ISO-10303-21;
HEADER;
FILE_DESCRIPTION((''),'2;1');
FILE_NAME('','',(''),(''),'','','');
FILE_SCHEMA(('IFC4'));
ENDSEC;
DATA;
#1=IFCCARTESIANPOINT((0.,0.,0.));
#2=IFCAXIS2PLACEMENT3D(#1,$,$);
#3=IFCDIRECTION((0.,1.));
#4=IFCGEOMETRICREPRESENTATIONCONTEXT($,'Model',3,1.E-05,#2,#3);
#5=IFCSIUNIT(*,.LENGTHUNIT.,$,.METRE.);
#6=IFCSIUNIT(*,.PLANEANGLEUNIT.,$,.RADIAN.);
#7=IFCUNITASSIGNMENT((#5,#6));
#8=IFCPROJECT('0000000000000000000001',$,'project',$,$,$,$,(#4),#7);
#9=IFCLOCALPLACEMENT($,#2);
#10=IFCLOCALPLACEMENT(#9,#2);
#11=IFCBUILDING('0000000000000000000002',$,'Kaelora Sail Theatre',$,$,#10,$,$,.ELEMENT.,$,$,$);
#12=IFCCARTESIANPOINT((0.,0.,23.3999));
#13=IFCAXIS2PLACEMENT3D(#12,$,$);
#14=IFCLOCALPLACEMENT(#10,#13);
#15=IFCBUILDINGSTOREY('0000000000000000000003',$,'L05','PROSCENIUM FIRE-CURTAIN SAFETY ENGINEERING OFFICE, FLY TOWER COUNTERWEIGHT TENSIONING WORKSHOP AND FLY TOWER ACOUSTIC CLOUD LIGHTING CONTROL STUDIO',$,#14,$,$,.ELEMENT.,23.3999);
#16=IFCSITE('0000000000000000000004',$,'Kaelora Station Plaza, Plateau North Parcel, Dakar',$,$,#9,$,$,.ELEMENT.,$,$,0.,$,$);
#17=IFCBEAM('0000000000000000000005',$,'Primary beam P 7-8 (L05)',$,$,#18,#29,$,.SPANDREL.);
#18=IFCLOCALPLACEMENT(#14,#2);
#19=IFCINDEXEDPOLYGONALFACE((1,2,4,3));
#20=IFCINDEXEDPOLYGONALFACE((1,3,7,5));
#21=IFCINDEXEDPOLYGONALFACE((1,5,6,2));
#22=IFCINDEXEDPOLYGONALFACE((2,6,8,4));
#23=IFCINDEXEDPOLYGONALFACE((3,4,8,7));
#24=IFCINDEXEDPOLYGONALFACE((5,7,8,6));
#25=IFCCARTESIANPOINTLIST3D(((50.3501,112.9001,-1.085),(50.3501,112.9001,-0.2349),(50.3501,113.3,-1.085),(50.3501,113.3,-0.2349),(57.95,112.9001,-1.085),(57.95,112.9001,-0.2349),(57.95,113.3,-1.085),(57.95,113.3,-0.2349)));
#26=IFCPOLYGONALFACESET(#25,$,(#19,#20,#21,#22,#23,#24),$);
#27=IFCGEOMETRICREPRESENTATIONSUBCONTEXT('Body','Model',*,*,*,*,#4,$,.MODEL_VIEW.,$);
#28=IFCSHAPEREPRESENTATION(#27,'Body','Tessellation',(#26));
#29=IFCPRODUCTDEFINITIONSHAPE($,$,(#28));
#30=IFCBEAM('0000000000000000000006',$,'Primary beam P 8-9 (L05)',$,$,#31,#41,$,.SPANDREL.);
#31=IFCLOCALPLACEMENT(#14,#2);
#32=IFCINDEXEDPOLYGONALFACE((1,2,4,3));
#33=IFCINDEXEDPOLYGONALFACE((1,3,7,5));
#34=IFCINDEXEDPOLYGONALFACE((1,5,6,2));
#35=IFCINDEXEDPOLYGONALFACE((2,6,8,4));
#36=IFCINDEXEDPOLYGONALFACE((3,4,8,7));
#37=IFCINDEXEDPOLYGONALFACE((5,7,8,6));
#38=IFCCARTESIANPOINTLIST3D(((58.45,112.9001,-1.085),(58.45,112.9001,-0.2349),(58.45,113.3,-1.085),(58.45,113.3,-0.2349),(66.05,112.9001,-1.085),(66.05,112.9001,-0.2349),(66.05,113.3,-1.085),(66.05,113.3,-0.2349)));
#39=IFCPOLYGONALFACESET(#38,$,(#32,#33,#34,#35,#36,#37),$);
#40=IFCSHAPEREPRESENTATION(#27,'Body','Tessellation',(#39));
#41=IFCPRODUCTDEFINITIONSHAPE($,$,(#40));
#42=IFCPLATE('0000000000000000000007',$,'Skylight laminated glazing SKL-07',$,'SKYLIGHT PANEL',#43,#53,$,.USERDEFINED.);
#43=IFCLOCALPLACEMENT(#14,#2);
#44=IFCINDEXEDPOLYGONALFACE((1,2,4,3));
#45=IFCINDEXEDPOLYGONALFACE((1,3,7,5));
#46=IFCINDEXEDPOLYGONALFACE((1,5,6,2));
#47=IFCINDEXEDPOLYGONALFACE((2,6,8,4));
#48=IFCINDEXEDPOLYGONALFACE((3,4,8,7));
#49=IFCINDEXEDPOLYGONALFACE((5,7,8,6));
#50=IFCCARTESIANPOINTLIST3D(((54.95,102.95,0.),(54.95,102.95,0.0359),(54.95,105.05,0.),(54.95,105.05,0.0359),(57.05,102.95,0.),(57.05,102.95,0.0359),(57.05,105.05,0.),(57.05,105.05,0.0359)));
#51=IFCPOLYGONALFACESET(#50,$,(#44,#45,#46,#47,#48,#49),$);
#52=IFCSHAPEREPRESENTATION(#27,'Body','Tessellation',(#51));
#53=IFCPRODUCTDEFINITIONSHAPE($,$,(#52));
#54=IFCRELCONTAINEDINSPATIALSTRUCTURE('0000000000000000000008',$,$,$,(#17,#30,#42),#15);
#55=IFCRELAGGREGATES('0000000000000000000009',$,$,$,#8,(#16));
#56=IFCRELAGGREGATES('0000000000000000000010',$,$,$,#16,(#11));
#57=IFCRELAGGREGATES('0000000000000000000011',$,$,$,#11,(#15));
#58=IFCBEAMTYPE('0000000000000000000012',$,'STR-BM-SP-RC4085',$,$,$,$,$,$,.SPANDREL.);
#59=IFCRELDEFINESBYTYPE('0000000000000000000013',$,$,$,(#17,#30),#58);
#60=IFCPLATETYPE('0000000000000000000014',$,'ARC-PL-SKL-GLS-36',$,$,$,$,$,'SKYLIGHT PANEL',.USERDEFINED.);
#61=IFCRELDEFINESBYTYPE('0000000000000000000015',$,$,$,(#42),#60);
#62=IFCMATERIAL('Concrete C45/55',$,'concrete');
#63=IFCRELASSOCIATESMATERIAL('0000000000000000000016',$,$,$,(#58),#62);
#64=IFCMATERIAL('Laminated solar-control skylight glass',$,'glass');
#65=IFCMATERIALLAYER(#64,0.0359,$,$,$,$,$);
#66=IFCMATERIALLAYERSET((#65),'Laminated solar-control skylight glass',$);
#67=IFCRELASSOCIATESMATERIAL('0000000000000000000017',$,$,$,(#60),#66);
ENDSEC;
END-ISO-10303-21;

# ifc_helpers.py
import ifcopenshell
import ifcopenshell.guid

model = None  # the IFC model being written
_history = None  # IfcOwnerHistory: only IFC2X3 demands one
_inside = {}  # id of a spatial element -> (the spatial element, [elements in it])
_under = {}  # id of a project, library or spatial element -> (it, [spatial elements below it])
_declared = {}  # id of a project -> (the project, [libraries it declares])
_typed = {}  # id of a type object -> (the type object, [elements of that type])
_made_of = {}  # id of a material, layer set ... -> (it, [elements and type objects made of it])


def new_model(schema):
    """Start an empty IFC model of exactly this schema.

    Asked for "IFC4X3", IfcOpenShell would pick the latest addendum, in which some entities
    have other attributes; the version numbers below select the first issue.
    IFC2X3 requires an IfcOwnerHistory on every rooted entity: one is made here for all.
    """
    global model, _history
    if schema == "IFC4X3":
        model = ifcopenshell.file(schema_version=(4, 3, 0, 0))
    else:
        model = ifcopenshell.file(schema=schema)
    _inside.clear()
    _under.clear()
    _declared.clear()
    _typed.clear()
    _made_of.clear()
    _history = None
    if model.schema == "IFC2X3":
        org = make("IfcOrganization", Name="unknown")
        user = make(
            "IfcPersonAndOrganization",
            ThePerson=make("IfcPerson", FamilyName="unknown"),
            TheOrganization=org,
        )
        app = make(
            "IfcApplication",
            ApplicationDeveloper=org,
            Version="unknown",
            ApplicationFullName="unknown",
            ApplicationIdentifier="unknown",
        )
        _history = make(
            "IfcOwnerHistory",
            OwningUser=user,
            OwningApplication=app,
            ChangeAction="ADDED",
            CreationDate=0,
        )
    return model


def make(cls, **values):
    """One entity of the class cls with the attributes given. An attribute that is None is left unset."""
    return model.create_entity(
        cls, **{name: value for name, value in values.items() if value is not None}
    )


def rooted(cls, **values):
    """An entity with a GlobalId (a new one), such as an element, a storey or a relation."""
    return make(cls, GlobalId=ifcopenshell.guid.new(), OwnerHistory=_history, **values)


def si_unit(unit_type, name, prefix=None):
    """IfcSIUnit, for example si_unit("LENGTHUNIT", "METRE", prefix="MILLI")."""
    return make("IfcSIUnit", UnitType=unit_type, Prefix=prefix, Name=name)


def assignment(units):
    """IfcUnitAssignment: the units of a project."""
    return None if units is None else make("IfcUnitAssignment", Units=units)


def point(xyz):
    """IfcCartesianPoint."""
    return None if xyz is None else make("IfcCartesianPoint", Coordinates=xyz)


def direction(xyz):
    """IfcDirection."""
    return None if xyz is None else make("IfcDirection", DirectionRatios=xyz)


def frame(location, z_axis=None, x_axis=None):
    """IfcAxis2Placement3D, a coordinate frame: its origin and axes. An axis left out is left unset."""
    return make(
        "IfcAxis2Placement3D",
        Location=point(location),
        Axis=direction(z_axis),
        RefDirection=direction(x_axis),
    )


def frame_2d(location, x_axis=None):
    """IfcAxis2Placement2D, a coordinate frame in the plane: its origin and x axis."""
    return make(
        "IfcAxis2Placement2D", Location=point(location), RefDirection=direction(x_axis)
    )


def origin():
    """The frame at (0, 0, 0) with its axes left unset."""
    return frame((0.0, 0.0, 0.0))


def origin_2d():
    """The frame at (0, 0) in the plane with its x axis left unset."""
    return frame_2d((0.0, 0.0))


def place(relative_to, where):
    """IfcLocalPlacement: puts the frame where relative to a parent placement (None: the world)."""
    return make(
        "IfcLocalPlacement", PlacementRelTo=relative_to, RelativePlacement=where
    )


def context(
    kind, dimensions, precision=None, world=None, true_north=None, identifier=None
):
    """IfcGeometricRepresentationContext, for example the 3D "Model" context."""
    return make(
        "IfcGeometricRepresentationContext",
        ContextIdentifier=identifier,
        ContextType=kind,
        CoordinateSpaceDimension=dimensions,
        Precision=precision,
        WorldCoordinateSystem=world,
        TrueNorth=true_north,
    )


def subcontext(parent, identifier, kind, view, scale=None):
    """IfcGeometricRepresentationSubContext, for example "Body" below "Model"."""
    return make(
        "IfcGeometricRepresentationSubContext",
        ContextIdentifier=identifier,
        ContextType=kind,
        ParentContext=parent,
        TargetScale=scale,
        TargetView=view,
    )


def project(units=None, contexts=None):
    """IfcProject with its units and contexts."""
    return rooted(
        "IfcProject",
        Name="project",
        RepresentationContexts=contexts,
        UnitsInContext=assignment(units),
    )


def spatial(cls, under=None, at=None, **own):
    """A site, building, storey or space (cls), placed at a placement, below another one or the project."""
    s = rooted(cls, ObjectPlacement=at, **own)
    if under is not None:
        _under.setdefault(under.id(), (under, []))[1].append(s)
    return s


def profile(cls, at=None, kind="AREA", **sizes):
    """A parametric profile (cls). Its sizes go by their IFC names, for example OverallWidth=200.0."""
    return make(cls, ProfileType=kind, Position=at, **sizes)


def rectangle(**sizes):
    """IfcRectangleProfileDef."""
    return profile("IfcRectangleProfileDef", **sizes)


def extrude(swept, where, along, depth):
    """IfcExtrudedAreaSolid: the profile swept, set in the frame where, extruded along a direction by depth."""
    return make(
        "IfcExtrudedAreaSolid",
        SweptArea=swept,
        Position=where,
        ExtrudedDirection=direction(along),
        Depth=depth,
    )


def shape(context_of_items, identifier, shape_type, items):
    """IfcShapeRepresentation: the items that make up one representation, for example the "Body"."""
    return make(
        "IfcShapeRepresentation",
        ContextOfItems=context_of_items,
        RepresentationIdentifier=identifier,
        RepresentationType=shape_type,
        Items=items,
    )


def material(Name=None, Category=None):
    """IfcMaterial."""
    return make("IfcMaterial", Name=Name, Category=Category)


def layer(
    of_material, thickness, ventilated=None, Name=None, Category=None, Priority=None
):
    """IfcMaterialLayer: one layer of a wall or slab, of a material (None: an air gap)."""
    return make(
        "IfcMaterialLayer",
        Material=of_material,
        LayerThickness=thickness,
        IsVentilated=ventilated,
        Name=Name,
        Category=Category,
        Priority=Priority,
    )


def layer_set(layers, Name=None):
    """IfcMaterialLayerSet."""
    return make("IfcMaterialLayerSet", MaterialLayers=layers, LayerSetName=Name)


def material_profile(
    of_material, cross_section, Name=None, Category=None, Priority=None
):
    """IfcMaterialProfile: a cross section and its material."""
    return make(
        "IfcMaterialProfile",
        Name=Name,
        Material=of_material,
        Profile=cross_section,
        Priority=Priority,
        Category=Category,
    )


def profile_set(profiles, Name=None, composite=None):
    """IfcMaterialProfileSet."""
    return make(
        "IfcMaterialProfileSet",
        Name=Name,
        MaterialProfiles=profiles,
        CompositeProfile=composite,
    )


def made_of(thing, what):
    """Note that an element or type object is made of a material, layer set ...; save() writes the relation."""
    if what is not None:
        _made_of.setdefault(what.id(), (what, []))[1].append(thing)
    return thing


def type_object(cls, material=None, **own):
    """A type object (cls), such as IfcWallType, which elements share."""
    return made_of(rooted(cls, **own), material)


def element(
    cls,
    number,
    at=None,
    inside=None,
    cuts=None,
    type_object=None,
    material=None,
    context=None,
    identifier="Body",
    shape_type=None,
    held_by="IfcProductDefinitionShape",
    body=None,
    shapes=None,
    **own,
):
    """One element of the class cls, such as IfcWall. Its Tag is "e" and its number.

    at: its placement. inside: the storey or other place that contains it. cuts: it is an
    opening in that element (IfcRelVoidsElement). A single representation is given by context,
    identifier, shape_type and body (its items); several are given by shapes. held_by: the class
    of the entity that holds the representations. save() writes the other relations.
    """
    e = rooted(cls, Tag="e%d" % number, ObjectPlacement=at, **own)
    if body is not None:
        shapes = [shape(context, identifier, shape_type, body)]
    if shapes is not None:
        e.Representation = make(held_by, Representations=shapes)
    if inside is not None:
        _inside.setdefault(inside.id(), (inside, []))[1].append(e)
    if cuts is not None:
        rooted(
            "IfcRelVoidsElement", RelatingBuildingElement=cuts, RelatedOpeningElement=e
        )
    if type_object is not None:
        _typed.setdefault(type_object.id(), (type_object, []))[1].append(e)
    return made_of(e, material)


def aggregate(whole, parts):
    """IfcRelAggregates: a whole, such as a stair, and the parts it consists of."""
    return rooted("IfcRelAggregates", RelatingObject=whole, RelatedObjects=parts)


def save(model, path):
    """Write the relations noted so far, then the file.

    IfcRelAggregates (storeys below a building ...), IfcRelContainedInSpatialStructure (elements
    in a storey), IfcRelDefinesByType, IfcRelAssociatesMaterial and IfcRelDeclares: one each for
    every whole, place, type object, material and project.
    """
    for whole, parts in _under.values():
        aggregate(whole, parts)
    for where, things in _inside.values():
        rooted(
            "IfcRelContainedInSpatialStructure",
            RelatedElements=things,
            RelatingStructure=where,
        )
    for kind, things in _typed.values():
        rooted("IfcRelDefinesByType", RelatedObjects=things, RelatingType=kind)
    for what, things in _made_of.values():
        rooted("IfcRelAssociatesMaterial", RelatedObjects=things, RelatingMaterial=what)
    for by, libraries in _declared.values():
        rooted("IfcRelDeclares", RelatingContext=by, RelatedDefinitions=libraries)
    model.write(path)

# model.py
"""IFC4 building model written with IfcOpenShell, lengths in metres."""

from ifc_helpers import new_model, si_unit, direction, frame, origin, origin_2d, place, context, subcontext, project, spatial, rectangle, extrude, material, layer, layer_set, material_profile, profile_set, type_object, element, save


model = new_model("IFC4")

# Units and contexts
model_context = context("Model", 3, precision=1e-05, world=origin(), true_north=direction((0.0, 1.0)))
body_context = subcontext(model_context, "Body", "Model", "MODEL_VIEW")
ifc_project = project(units=[si_unit("LENGTHUNIT", "METRE"), si_unit("PLANEANGLEUNIT", "RADIAN")], contexts=[model_context])

# Site, building, storey
site_placement = place(None, origin())
site = spatial("IfcSite", under=ifc_project, at=site_placement, Name="Kaelora Station Plaza, Plateau North Parcel, Dakar", CompositionType="ELEMENT", RefElevation=0.0)
building_placement = place(site_placement, origin())
building = spatial("IfcBuilding", under=site, at=building_placement, Name="Kaelora Sail Theatre", CompositionType="ELEMENT")
storey_placement = place(building_placement, frame((0.0, 0.0, 23.3999)))
storey = spatial("IfcBuildingStorey", under=building, at=storey_placement, Name="L05", Description="PROSCENIUM FIRE-CURTAIN SAFETY ENGINEERING OFFICE, FLY TOWER COUNTERWEIGHT TENSIONING WORKSHOP AND FLY TOWER ACOUSTIC CLOUD LIGHTING CONTROL STUDIO", CompositionType="ELEMENT", Elevation=23.3999)

# Beams
ifc_material_1 = material(Name="Concrete C45/55", Category="concrete")
ifc_material_profile_1 = material_profile(ifc_material_1, rectangle(XDim=0.3999, YDim=0.8501, at=origin_2d()), Name="RC-SPN 400x850")
ifc_profile_set_1 = profile_set([ifc_material_profile_1], Name="Concrete C45/55")
beam_type_1 = type_object("IfcBeamType", Name="STR-BM-SP-RC4085", PredefinedType="SPANDREL", material=ifc_profile_set_1)
beam_1_placement = place(storey_placement, frame((50.3501, 113.1001, -0.6599), z_axis=(1.0, 0.0, 0.0), x_axis=(0.0, 1.0, 0.0)))
element("IfcBeam", 1, at=beam_1_placement, inside=storey, type_object=beam_type_1, Name="Primary beam P 7-8 (L05)", PredefinedType="SPANDREL", context=body_context, shape_type="SweptSolid", body=[
    extrude(rectangle(XDim=0.3999, YDim=0.8501, at=origin_2d()), origin(), (0.0, 0.0, 1.0), 7.5999),
])
beam_2_placement = place(storey_placement, frame((58.45, 113.1001, -0.6599), z_axis=(1.0, 0.0, 0.0), x_axis=(0.0, 1.0, 0.0)))
element("IfcBeam", 2, at=beam_2_placement, inside=storey, type_object=beam_type_1, Name="Primary beam P 8-9 (L05)", PredefinedType="SPANDREL", context=body_context, shape_type="SweptSolid", body=[
    extrude(rectangle(XDim=0.3999, YDim=0.8501, at=origin_2d()), origin(), (0.0, 0.0, 1.0), 7.6001),
])

# Plate
ifc_material_2 = material(Name="Laminated solar-control skylight glass", Category="glass")
ifc_layer = layer(ifc_material_2, 0.0359)
ifc_layer_set = layer_set([ifc_layer], Name="Laminated solar-control skylight glass")
plate_type = type_object("IfcPlateType", Name="ARC-PL-SKL-GLS-36", ElementType="SKYLIGHT PANEL", PredefinedType="USERDEFINED", material=ifc_layer_set)
plate_placement = place(storey_placement, frame((56.0, 104.0, 0.0), z_axis=(0.0, 0.0, 1.0), x_axis=(1.0, 0.0, 0.0)))
element("IfcPlate", 3, at=plate_placement, inside=storey, type_object=plate_type, Name="Skylight laminated glazing SKL-07", ObjectType="SKYLIGHT PANEL", PredefinedType="USERDEFINED", context=body_context, shape_type="SweptSolid", body=[
    extrude(rectangle(XDim=2.1001, YDim=2.1001, at=origin_2d()), origin(), (0.0, 0.0, 1.0), 0.0359),
])

save(model, "model.ifc")
